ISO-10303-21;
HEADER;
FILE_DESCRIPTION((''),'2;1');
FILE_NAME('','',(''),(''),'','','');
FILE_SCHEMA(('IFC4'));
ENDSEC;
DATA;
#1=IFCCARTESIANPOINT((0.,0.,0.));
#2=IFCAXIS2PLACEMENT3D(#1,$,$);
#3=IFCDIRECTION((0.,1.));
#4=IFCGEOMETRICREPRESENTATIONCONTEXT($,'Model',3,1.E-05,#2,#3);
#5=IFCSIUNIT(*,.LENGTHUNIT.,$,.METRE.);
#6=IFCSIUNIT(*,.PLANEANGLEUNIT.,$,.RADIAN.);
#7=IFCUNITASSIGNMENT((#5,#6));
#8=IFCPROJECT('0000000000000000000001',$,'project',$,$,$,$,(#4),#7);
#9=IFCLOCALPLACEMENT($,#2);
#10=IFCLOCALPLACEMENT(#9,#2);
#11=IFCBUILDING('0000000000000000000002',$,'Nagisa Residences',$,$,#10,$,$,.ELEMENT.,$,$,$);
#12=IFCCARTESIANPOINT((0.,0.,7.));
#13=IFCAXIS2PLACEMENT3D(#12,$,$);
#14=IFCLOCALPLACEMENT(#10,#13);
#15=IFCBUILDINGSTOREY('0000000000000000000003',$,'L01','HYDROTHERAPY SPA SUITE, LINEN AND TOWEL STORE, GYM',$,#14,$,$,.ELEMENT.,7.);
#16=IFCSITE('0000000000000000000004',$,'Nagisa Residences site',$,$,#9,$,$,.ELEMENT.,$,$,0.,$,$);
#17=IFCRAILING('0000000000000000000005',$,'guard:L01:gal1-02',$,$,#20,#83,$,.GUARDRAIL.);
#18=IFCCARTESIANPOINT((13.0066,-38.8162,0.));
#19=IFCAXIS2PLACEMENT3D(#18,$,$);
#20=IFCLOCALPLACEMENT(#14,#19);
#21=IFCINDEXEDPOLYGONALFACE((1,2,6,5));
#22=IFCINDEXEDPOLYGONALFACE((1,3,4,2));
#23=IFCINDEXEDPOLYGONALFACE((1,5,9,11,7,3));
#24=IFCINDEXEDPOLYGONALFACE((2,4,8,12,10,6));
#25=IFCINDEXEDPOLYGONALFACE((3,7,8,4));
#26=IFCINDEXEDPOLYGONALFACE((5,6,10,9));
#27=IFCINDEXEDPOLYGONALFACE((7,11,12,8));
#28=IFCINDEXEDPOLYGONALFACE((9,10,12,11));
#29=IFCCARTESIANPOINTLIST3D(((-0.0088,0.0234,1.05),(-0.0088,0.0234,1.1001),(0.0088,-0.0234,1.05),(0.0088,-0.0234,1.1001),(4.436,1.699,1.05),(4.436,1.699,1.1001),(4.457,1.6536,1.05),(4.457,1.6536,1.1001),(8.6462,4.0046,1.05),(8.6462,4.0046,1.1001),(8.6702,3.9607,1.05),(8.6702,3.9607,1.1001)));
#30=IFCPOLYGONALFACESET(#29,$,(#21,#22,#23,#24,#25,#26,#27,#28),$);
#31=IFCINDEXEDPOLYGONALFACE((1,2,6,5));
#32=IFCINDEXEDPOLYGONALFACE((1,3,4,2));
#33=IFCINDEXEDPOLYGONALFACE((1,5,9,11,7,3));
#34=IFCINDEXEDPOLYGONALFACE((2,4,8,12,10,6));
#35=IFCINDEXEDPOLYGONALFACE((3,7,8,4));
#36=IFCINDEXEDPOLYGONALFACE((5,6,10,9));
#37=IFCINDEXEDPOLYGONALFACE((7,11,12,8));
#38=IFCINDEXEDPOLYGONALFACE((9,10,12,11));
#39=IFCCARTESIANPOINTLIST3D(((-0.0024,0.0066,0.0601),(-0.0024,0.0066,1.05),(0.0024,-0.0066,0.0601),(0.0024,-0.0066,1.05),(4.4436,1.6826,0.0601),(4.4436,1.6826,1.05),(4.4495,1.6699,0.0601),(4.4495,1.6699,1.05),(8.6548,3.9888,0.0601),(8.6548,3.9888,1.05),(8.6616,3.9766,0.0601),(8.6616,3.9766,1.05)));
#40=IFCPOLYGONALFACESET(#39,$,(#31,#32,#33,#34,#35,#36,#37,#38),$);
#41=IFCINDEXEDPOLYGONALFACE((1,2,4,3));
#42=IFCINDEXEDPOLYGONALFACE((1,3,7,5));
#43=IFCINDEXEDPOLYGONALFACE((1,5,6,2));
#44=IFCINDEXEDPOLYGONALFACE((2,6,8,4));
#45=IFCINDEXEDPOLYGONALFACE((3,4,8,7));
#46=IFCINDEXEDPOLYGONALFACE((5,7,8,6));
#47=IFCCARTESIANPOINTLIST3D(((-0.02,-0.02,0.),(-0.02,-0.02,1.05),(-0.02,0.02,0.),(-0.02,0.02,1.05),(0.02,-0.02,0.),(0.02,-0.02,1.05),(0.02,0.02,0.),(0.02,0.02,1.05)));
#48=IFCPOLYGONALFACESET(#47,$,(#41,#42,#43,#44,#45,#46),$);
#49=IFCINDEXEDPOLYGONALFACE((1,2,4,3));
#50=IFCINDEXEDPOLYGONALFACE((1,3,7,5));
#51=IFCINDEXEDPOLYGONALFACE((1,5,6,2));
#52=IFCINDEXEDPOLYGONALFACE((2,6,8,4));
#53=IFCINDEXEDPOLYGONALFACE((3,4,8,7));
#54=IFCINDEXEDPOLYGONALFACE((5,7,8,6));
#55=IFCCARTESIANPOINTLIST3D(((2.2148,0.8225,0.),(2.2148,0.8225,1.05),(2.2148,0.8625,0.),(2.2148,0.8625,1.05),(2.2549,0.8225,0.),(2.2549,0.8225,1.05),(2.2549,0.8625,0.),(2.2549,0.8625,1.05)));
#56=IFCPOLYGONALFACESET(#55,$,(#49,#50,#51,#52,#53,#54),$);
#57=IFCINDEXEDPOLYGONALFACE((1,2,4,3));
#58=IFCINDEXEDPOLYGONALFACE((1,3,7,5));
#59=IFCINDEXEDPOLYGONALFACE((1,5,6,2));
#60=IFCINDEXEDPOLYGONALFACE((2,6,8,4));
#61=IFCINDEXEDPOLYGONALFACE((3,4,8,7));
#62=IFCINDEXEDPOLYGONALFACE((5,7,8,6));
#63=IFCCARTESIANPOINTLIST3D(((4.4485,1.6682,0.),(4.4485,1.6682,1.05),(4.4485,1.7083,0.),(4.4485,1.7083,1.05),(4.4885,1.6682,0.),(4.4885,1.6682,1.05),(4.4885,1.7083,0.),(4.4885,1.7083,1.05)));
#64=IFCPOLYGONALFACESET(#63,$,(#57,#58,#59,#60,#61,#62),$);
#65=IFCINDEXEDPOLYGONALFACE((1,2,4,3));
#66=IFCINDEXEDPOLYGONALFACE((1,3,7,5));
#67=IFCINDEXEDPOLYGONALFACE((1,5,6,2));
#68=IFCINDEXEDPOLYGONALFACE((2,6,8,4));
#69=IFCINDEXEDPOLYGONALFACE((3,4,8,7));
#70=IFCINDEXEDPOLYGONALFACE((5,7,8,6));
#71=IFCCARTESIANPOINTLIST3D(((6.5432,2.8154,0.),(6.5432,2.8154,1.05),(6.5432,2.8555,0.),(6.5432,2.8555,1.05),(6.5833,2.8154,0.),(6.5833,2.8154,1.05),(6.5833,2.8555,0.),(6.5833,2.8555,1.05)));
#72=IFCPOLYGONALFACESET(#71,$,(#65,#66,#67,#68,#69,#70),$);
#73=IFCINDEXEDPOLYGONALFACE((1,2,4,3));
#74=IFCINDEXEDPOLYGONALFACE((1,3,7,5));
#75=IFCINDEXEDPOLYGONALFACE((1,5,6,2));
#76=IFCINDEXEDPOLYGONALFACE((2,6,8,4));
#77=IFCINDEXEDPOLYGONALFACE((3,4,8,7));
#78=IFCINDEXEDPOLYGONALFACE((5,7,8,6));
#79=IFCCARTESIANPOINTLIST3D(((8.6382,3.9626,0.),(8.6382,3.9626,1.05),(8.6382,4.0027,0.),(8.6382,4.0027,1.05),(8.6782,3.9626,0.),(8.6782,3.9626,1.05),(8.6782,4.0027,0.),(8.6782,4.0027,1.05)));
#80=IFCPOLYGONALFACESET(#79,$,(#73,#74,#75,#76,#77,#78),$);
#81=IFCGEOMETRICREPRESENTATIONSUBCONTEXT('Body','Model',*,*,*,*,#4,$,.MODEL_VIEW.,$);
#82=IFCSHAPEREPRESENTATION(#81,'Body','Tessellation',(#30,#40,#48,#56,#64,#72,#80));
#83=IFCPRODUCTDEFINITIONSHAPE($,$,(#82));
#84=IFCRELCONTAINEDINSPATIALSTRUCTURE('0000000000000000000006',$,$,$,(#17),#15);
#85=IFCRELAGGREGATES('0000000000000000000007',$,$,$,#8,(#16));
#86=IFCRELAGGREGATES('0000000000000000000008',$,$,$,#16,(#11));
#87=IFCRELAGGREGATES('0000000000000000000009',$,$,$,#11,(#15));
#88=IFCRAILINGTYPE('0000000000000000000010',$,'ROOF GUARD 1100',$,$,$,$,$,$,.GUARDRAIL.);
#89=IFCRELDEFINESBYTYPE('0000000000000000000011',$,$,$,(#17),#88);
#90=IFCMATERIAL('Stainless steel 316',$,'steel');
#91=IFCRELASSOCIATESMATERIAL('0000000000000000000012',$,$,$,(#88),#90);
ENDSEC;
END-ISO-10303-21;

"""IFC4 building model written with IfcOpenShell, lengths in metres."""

from ifc_helpers import new_model, si_unit, direction, frame, origin, origin_2d, place, context, subcontext, project, spatial, polyline, rectangle, outline, extrude, material, type_object, element, save


model = new_model("IFC4")

# Units and contexts
model_context = context("Model", 3, precision=1e-05, world=origin(), true_north=direction((0.0, 1.0)))
body_context = subcontext(model_context, "Body", "Model", "MODEL_VIEW")
ifc_project = project(units=[si_unit("LENGTHUNIT", "METRE"), si_unit("PLANEANGLEUNIT", "RADIAN")], contexts=[model_context])

# Site, building, storey
site_placement = place(None, origin())
site = spatial("IfcSite", under=ifc_project, at=site_placement, Name="Nagisa Residences site", CompositionType="ELEMENT", RefElevation=0.0)
building_placement = place(site_placement, origin())
building = spatial("IfcBuilding", under=site, at=building_placement, Name="Nagisa Residences", CompositionType="ELEMENT")
storey_placement = place(building_placement, frame((0.0, 0.0, 7.0)))
storey = spatial("IfcBuildingStorey", under=building, at=storey_placement, Name="L01", Description="HYDROTHERAPY SPA SUITE, LINEN AND TOWEL STORE, GYM", CompositionType="ELEMENT", Elevation=7.0)

# Railing
ifc_material_1 = material(Name="Stainless steel 316", Category="steel")
railing_type = type_object("IfcRailingType", Name="ROOF GUARD 1100", PredefinedType="GUARDRAIL", material=ifc_material_1)
railing_1_placement = place(storey_placement, frame((13.0066, -38.8162, 0.0)))
element("IfcRailing", 1, at=railing_1_placement, inside=storey, type_object=railing_type, Name="guard:L01:gal1-02", PredefinedType="GUARDRAIL", context=body_context, shape_type="SweptSolid", body=[
    extrude(outline(polyline([(4.436, 1.699), (-0.0088, 0.0234), (0.0088, -0.0234), (4.457, 1.6536), (8.6702, 3.9607), (8.6462, 4.0046), (4.436, 1.699)])), frame((0.0, 0.0, 1.05)), (0.0, 0.0, 1.0), 0.05),
    extrude(outline(polyline([(4.4436, 1.6826), (-0.0024, 0.0066), (0.0024, -0.0066), (4.4495, 1.6699), (8.6616, 3.9766), (8.6548, 3.9888), (4.4436, 1.6826)])), frame((0.0, 0.0, 0.0601)), (0.0, 0.0, 1.0), 0.99),
    extrude(rectangle(XDim=0.04, YDim=0.04, at=origin_2d()), origin(), (0.0, 0.0, 1.0), 1.05),
    extrude(rectangle(XDim=0.04, YDim=0.04, at=origin_2d()), frame((2.2349, 0.8425, 0.0)), (0.0, 0.0, 1.0), 1.05),
    extrude(rectangle(XDim=0.04, YDim=0.04, at=origin_2d()), frame((4.4685, 1.6882, 0.0)), (0.0, 0.0, 1.0), 1.05),
    extrude(rectangle(XDim=0.04, YDim=0.04, at=origin_2d()), frame((6.5632, 2.8354, 0.0)), (0.0, 0.0, 1.0), 1.05),
    extrude(rectangle(XDim=0.04, YDim=0.04, at=origin_2d()), frame((8.6582, 3.9827, 0.0)), (0.0, 0.0, 1.0), 1.05),
])

save(model, "model.ifc")
